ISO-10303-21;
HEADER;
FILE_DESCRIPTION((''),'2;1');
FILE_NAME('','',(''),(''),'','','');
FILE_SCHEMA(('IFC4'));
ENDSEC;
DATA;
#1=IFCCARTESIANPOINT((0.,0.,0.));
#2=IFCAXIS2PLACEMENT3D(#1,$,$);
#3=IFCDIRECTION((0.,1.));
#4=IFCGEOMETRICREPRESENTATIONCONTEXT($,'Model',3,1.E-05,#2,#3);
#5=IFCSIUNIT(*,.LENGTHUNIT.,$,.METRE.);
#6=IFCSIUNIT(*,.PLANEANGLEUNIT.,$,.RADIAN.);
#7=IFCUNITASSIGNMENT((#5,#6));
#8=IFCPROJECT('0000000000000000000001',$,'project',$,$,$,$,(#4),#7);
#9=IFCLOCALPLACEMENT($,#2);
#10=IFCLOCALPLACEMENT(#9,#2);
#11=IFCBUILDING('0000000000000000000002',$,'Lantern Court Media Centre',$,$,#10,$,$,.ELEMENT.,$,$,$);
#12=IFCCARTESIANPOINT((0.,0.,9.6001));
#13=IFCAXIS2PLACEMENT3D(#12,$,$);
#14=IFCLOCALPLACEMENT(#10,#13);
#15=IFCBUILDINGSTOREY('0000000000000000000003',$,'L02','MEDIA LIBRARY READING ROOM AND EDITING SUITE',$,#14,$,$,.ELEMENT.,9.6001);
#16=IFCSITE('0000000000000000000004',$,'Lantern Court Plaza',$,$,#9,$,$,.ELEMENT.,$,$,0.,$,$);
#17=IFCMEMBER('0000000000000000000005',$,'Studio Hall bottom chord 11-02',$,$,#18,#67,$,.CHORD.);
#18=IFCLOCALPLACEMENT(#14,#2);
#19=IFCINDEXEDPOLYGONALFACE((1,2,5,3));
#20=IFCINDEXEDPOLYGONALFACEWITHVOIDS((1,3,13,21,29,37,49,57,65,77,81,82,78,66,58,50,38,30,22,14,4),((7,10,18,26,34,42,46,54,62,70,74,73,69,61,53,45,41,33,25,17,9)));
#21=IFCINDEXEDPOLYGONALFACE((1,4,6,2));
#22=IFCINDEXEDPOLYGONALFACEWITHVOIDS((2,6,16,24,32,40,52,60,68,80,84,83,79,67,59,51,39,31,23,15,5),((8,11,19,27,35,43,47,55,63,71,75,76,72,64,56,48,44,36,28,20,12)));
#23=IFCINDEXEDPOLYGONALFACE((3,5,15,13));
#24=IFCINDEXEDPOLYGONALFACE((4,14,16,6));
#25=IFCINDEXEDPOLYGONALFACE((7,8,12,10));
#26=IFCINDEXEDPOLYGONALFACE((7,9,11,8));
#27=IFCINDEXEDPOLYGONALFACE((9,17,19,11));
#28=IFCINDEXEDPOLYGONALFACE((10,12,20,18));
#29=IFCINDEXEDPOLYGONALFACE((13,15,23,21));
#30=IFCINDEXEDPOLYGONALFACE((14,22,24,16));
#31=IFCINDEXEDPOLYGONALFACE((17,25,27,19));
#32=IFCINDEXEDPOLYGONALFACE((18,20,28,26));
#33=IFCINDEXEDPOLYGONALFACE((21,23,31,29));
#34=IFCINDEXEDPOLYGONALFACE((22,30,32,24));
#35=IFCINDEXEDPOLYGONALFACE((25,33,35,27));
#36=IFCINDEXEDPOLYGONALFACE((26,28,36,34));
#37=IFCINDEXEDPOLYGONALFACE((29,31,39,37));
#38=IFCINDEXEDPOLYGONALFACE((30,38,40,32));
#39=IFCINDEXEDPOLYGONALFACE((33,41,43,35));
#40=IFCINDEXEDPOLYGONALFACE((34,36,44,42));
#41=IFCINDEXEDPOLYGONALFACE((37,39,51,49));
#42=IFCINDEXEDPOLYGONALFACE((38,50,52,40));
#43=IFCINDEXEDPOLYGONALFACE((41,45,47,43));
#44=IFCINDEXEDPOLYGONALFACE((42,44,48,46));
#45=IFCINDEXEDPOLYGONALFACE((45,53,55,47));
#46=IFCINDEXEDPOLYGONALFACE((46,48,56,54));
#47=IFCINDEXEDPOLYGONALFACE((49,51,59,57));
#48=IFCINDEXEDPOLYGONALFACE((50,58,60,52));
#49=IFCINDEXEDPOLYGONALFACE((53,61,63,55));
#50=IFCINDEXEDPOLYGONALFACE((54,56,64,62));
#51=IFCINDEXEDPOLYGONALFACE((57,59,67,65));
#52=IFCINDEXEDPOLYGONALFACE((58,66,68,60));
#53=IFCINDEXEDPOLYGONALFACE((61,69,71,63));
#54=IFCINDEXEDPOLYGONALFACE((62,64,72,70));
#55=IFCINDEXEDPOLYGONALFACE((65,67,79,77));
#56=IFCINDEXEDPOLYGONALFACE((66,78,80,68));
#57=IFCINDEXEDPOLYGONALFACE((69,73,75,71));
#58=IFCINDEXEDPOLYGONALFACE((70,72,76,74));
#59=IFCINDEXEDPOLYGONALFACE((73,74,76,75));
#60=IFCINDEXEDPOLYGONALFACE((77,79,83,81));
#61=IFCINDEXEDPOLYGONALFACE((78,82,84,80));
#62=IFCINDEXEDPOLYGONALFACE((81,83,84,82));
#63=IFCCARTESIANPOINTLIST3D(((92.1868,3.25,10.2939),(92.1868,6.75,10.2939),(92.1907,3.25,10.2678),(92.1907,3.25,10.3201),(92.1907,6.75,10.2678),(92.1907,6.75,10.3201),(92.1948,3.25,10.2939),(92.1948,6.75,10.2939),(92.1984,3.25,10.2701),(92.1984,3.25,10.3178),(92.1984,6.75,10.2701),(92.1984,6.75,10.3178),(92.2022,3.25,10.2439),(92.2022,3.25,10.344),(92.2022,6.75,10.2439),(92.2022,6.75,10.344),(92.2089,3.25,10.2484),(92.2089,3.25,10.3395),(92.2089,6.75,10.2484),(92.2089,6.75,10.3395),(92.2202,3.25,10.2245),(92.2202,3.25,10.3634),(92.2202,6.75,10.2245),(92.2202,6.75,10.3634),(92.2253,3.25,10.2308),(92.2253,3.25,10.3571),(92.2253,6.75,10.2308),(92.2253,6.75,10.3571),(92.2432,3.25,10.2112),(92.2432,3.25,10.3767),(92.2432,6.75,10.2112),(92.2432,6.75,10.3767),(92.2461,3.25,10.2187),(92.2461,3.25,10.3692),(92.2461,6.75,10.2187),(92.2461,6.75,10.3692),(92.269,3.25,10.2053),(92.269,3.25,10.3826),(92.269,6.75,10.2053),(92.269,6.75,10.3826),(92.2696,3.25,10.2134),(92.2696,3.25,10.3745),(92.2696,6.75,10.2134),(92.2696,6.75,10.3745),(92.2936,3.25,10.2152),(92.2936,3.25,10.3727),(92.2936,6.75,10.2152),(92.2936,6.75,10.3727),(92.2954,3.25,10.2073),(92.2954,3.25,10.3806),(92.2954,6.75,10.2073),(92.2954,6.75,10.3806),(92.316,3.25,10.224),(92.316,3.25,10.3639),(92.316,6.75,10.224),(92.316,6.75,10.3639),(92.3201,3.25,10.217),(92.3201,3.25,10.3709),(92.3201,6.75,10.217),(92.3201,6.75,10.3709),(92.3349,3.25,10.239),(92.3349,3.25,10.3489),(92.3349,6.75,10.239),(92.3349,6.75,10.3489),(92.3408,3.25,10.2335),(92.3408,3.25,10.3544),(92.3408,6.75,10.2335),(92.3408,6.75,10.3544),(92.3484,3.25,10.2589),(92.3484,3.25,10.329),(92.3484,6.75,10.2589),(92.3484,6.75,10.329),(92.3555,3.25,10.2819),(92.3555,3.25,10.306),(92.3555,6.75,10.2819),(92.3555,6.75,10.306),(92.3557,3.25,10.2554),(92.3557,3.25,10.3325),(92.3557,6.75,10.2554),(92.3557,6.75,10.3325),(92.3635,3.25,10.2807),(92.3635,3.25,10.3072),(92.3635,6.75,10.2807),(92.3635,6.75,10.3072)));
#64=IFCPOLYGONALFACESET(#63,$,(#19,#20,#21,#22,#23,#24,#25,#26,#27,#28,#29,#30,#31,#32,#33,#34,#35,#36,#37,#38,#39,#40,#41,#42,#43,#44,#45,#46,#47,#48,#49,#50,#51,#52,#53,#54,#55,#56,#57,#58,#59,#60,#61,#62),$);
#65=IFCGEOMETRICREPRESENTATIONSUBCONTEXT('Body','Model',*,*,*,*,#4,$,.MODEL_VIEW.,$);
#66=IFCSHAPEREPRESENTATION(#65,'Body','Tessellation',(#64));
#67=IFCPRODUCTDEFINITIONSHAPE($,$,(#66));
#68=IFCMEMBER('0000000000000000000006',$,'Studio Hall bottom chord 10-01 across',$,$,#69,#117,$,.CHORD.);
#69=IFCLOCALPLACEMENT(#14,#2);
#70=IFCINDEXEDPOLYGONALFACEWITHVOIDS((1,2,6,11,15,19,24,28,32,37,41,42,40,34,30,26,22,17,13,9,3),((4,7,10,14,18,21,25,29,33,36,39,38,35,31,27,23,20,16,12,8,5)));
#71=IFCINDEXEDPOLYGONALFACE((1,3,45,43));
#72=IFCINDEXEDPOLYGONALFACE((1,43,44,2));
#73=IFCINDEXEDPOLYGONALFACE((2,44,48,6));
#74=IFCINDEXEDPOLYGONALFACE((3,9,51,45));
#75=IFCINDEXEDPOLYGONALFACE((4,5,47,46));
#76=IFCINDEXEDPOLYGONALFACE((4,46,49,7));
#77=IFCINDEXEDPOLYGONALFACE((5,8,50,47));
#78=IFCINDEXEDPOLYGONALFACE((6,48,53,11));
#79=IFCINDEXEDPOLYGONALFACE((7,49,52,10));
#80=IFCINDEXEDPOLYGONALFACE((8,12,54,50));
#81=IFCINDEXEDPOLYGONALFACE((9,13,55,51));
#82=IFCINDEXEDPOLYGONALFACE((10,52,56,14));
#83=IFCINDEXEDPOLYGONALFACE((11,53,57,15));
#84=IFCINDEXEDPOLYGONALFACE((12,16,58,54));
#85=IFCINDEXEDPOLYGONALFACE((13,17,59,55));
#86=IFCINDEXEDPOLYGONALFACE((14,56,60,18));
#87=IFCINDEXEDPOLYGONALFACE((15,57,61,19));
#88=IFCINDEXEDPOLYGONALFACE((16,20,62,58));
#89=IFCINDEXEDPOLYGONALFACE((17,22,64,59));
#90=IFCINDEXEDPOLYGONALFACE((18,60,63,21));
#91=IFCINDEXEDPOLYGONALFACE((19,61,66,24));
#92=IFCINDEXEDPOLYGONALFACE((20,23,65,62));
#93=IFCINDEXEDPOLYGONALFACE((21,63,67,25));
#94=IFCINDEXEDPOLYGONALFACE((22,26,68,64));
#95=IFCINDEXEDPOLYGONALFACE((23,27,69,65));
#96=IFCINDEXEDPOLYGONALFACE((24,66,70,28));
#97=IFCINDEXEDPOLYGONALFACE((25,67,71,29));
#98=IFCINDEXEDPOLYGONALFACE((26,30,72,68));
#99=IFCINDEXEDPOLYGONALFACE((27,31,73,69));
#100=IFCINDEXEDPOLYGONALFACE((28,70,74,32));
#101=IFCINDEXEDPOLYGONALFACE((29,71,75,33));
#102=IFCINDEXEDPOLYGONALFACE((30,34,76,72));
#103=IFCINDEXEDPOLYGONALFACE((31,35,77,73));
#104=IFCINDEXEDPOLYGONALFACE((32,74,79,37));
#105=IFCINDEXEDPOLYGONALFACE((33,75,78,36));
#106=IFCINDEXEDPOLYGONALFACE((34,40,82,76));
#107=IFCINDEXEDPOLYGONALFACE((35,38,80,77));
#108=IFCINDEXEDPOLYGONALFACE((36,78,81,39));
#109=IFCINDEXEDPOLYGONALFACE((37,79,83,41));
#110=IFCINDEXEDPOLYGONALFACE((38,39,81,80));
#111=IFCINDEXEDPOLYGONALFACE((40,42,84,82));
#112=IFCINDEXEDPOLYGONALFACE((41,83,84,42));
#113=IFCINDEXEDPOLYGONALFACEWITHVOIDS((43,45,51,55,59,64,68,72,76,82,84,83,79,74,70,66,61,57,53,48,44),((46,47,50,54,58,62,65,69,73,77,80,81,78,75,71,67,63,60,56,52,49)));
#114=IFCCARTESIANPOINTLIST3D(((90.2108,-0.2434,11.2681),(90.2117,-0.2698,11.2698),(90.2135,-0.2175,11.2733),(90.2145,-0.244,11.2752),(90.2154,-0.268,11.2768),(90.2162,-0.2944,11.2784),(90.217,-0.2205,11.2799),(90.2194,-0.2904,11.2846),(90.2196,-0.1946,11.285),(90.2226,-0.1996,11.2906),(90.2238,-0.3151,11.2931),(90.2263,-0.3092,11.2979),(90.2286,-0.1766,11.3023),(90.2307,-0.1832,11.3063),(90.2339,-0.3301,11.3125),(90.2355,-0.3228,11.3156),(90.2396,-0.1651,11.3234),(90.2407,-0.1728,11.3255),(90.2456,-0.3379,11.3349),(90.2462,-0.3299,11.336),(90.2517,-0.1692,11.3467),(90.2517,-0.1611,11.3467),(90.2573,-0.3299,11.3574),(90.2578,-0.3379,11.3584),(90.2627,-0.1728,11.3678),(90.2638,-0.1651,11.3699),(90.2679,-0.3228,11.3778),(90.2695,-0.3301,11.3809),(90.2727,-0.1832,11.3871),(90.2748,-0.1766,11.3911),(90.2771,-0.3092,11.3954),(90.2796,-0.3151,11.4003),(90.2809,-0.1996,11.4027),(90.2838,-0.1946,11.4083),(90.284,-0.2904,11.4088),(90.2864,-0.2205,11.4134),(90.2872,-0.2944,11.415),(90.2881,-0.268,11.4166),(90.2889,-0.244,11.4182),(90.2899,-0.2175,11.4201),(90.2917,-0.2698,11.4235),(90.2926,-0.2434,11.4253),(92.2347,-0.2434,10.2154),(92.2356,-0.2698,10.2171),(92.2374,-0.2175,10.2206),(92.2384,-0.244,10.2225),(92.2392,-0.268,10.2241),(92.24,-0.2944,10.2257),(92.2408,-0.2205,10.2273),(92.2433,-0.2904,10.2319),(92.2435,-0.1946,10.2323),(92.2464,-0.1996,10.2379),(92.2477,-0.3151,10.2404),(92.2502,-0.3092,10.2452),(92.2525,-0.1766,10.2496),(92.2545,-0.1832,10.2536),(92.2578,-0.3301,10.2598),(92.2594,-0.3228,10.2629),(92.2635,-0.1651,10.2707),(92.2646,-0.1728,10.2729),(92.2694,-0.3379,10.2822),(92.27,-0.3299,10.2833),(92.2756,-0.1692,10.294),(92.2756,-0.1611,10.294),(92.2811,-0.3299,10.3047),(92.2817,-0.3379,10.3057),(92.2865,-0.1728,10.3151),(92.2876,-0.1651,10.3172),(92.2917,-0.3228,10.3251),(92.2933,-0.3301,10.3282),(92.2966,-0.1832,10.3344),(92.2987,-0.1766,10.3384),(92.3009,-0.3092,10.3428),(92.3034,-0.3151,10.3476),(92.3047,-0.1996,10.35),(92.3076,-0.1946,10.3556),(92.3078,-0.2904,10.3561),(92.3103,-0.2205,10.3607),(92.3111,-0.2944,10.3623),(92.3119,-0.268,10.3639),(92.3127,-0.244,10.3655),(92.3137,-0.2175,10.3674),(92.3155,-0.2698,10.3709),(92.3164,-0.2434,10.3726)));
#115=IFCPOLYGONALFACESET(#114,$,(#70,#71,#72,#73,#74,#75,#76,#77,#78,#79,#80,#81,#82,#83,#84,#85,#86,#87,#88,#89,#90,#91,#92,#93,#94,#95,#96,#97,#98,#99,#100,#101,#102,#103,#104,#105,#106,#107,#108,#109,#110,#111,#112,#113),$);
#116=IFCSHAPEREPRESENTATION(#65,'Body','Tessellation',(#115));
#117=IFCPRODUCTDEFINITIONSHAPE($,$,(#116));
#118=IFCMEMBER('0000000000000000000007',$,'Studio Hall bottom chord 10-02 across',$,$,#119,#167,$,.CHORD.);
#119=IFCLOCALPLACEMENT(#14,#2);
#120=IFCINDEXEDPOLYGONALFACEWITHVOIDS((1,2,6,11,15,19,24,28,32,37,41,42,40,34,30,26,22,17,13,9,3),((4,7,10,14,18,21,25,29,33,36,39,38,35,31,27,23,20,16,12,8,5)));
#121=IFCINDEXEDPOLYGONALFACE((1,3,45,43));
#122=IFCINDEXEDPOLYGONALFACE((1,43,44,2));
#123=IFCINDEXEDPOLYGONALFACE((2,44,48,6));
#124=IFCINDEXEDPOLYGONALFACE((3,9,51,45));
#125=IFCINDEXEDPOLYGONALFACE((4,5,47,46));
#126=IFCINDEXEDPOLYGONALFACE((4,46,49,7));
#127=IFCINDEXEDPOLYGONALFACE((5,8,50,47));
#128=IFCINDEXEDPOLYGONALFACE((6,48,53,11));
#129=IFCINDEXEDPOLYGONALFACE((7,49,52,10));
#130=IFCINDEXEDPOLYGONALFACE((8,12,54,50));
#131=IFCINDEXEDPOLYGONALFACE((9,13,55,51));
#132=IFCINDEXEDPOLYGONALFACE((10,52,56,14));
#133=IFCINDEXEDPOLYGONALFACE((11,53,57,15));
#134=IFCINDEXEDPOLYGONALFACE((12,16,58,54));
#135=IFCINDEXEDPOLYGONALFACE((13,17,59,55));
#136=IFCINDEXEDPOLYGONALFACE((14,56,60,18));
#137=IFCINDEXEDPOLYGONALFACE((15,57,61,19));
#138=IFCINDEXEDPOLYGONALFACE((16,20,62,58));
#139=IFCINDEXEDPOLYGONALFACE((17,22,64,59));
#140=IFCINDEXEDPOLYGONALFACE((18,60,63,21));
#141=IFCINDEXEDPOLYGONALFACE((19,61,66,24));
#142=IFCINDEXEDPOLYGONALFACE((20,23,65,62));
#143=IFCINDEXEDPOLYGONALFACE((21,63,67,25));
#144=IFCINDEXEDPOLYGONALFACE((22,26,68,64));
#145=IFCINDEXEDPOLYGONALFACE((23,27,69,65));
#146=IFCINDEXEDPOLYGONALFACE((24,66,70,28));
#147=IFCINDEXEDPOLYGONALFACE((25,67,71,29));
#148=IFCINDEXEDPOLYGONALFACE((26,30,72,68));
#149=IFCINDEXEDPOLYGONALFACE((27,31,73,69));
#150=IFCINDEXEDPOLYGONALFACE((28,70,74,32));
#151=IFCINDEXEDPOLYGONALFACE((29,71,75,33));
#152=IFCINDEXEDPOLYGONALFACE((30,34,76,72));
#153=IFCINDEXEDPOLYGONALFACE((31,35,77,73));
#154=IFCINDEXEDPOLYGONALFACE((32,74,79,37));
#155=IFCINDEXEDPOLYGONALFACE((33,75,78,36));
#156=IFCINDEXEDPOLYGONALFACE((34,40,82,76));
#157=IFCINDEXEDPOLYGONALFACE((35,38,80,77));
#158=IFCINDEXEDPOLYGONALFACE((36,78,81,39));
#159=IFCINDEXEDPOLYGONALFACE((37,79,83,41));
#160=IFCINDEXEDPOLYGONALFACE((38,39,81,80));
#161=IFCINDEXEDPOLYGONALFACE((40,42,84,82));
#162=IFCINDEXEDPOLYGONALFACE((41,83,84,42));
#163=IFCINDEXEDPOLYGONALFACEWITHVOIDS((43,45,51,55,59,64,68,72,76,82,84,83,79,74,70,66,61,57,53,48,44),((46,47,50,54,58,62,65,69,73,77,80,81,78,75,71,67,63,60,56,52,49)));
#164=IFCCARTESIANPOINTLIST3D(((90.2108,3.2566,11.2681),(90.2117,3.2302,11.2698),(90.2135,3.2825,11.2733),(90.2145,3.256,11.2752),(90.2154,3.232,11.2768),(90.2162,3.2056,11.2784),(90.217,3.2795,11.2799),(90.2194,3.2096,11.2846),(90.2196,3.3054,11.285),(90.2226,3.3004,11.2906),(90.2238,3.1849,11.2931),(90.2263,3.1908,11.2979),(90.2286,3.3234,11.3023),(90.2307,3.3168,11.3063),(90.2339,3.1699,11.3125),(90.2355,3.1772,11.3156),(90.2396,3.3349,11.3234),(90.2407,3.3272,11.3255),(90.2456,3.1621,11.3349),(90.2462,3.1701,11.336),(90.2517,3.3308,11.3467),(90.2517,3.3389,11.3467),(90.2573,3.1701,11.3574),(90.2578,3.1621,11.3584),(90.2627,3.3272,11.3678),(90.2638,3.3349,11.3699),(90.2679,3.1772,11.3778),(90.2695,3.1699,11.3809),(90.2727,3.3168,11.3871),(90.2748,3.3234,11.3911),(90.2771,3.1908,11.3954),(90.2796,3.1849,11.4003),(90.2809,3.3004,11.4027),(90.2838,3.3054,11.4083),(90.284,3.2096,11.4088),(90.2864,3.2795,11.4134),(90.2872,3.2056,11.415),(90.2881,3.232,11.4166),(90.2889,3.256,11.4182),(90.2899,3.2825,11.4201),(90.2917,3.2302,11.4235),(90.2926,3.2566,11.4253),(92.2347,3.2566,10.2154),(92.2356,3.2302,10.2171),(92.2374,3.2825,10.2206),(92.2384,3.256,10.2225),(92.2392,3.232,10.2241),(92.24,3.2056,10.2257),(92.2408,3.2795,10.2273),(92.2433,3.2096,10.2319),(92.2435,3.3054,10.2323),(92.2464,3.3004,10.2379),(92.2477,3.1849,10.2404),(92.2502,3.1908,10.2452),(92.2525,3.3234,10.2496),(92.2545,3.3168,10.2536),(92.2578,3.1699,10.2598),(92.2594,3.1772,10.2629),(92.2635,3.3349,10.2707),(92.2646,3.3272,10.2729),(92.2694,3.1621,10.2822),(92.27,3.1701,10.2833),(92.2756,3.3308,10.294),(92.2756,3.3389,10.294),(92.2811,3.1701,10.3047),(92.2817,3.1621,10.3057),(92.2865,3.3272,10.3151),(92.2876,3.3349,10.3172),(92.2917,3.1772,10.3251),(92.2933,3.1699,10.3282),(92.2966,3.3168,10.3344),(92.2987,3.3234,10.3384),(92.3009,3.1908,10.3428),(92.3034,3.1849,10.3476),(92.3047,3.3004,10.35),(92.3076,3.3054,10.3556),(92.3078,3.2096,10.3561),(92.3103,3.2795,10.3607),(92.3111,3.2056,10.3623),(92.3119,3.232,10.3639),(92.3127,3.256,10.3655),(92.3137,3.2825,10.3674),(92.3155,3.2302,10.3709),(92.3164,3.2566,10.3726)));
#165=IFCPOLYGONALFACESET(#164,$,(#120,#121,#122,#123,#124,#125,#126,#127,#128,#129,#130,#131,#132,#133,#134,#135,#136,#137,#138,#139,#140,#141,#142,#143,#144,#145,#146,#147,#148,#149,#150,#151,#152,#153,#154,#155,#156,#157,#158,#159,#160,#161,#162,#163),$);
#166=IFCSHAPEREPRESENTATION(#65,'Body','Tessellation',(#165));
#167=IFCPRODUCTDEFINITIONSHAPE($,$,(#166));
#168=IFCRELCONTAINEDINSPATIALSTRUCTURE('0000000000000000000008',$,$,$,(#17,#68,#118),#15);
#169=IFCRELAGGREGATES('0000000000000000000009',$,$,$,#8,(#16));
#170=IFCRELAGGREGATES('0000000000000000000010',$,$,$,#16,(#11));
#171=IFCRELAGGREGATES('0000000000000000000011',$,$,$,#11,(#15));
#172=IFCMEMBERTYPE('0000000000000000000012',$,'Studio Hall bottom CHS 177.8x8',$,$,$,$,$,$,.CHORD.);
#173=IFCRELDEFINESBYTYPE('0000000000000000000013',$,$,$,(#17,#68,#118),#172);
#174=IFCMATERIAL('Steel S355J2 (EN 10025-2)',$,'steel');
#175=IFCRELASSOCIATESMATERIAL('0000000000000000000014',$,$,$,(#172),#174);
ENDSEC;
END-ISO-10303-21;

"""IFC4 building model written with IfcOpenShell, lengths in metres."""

from ifc_helpers import new_model, si_unit, direction, frame, origin, origin_2d, place, context, subcontext, project, spatial, hollow_circle, extrude, material, material_profile, profile_set, type_object, element, save


model = new_model("IFC4")

# Units and contexts
model_context = context("Model", 3, precision=1e-05, world=origin(), true_north=direction((0.0, 1.0)))
body_context = subcontext(model_context, "Body", "Model", "MODEL_VIEW")
ifc_project = project(units=[si_unit("LENGTHUNIT", "METRE"), si_unit("PLANEANGLEUNIT", "RADIAN")], contexts=[model_context])

# Site, building, storey
site_placement = place(None, origin())
site = spatial("IfcSite", under=ifc_project, at=site_placement, Name="Lantern Court Plaza", CompositionType="ELEMENT", RefElevation=0.0)
building_placement = place(site_placement, origin())
building = spatial("IfcBuilding", under=site, at=building_placement, Name="Lantern Court Media Centre", CompositionType="ELEMENT")
storey_placement = place(building_placement, frame((0.0, 0.0, 9.6001)))
storey = spatial("IfcBuildingStorey", under=building, at=storey_placement, Name="L02", Description="MEDIA LIBRARY READING ROOM AND EDITING SUITE", CompositionType="ELEMENT", Elevation=9.6001)

# Members
ifc_material = material(Name="Steel S355J2 (EN 10025-2)", Category="steel")
ifc_material_profile_1 = material_profile(ifc_material, hollow_circle(Radius=0.0889, WallThickness=0.0081, at=origin_2d()), Name="Studio Hall bottom CHS 177.8x8")
ifc_profile_set_1 = profile_set([ifc_material_profile_1], Name="Steel S355J2 (EN 10025-2)")
member_type_1 = type_object("IfcMemberType", Name="Studio Hall bottom CHS 177.8x8", PredefinedType="CHORD", material=ifc_profile_set_1)
for number, where, z_axis, x_axis, name in (
    (1, (92.2756, 3.25, 10.2939), (0.0, 1.0, 0.0), (-1.0, 0.0, 0.0), "Studio Hall bottom chord 11-02"),
):
    element("IfcMember", number, at=place(storey_placement, frame(where, z_axis=z_axis, x_axis=x_axis)), inside=storey, type_object=member_type_1, Name=name, PredefinedType="CHORD", context=body_context, shape_type="SweptSolid", body=[
        extrude(hollow_circle(Radius=0.0889, WallThickness=0.0081, at=origin_2d()), origin(), (0.0, 0.0, 1.0), 3.5),
    ])
for number, where, z_axis, x_axis, name in (
    (2, (90.2517, -0.25, 11.3467), (0.887164, 0.0, -0.461454), (0.0, 1.0, 0.0), "Studio Hall bottom chord 10-01 across"),
    (3, (90.2517, 3.25, 11.3467), (0.887164, 0.0, -0.461454), (0.0, 1.0, 0.0), "Studio Hall bottom chord 10-02 across"),
):
    element("IfcMember", number, at=place(storey_placement, frame(where, z_axis=z_axis, x_axis=x_axis)), inside=storey, type_object=member_type_1, Name=name, PredefinedType="CHORD", context=body_context, shape_type="SweptSolid", body=[
        extrude(hollow_circle(Radius=0.0889, WallThickness=0.0081, at=origin_2d()), origin(), (0.0, 0.0, 1.0), 2.2812),
    ])

save(model, "model.ifc")
